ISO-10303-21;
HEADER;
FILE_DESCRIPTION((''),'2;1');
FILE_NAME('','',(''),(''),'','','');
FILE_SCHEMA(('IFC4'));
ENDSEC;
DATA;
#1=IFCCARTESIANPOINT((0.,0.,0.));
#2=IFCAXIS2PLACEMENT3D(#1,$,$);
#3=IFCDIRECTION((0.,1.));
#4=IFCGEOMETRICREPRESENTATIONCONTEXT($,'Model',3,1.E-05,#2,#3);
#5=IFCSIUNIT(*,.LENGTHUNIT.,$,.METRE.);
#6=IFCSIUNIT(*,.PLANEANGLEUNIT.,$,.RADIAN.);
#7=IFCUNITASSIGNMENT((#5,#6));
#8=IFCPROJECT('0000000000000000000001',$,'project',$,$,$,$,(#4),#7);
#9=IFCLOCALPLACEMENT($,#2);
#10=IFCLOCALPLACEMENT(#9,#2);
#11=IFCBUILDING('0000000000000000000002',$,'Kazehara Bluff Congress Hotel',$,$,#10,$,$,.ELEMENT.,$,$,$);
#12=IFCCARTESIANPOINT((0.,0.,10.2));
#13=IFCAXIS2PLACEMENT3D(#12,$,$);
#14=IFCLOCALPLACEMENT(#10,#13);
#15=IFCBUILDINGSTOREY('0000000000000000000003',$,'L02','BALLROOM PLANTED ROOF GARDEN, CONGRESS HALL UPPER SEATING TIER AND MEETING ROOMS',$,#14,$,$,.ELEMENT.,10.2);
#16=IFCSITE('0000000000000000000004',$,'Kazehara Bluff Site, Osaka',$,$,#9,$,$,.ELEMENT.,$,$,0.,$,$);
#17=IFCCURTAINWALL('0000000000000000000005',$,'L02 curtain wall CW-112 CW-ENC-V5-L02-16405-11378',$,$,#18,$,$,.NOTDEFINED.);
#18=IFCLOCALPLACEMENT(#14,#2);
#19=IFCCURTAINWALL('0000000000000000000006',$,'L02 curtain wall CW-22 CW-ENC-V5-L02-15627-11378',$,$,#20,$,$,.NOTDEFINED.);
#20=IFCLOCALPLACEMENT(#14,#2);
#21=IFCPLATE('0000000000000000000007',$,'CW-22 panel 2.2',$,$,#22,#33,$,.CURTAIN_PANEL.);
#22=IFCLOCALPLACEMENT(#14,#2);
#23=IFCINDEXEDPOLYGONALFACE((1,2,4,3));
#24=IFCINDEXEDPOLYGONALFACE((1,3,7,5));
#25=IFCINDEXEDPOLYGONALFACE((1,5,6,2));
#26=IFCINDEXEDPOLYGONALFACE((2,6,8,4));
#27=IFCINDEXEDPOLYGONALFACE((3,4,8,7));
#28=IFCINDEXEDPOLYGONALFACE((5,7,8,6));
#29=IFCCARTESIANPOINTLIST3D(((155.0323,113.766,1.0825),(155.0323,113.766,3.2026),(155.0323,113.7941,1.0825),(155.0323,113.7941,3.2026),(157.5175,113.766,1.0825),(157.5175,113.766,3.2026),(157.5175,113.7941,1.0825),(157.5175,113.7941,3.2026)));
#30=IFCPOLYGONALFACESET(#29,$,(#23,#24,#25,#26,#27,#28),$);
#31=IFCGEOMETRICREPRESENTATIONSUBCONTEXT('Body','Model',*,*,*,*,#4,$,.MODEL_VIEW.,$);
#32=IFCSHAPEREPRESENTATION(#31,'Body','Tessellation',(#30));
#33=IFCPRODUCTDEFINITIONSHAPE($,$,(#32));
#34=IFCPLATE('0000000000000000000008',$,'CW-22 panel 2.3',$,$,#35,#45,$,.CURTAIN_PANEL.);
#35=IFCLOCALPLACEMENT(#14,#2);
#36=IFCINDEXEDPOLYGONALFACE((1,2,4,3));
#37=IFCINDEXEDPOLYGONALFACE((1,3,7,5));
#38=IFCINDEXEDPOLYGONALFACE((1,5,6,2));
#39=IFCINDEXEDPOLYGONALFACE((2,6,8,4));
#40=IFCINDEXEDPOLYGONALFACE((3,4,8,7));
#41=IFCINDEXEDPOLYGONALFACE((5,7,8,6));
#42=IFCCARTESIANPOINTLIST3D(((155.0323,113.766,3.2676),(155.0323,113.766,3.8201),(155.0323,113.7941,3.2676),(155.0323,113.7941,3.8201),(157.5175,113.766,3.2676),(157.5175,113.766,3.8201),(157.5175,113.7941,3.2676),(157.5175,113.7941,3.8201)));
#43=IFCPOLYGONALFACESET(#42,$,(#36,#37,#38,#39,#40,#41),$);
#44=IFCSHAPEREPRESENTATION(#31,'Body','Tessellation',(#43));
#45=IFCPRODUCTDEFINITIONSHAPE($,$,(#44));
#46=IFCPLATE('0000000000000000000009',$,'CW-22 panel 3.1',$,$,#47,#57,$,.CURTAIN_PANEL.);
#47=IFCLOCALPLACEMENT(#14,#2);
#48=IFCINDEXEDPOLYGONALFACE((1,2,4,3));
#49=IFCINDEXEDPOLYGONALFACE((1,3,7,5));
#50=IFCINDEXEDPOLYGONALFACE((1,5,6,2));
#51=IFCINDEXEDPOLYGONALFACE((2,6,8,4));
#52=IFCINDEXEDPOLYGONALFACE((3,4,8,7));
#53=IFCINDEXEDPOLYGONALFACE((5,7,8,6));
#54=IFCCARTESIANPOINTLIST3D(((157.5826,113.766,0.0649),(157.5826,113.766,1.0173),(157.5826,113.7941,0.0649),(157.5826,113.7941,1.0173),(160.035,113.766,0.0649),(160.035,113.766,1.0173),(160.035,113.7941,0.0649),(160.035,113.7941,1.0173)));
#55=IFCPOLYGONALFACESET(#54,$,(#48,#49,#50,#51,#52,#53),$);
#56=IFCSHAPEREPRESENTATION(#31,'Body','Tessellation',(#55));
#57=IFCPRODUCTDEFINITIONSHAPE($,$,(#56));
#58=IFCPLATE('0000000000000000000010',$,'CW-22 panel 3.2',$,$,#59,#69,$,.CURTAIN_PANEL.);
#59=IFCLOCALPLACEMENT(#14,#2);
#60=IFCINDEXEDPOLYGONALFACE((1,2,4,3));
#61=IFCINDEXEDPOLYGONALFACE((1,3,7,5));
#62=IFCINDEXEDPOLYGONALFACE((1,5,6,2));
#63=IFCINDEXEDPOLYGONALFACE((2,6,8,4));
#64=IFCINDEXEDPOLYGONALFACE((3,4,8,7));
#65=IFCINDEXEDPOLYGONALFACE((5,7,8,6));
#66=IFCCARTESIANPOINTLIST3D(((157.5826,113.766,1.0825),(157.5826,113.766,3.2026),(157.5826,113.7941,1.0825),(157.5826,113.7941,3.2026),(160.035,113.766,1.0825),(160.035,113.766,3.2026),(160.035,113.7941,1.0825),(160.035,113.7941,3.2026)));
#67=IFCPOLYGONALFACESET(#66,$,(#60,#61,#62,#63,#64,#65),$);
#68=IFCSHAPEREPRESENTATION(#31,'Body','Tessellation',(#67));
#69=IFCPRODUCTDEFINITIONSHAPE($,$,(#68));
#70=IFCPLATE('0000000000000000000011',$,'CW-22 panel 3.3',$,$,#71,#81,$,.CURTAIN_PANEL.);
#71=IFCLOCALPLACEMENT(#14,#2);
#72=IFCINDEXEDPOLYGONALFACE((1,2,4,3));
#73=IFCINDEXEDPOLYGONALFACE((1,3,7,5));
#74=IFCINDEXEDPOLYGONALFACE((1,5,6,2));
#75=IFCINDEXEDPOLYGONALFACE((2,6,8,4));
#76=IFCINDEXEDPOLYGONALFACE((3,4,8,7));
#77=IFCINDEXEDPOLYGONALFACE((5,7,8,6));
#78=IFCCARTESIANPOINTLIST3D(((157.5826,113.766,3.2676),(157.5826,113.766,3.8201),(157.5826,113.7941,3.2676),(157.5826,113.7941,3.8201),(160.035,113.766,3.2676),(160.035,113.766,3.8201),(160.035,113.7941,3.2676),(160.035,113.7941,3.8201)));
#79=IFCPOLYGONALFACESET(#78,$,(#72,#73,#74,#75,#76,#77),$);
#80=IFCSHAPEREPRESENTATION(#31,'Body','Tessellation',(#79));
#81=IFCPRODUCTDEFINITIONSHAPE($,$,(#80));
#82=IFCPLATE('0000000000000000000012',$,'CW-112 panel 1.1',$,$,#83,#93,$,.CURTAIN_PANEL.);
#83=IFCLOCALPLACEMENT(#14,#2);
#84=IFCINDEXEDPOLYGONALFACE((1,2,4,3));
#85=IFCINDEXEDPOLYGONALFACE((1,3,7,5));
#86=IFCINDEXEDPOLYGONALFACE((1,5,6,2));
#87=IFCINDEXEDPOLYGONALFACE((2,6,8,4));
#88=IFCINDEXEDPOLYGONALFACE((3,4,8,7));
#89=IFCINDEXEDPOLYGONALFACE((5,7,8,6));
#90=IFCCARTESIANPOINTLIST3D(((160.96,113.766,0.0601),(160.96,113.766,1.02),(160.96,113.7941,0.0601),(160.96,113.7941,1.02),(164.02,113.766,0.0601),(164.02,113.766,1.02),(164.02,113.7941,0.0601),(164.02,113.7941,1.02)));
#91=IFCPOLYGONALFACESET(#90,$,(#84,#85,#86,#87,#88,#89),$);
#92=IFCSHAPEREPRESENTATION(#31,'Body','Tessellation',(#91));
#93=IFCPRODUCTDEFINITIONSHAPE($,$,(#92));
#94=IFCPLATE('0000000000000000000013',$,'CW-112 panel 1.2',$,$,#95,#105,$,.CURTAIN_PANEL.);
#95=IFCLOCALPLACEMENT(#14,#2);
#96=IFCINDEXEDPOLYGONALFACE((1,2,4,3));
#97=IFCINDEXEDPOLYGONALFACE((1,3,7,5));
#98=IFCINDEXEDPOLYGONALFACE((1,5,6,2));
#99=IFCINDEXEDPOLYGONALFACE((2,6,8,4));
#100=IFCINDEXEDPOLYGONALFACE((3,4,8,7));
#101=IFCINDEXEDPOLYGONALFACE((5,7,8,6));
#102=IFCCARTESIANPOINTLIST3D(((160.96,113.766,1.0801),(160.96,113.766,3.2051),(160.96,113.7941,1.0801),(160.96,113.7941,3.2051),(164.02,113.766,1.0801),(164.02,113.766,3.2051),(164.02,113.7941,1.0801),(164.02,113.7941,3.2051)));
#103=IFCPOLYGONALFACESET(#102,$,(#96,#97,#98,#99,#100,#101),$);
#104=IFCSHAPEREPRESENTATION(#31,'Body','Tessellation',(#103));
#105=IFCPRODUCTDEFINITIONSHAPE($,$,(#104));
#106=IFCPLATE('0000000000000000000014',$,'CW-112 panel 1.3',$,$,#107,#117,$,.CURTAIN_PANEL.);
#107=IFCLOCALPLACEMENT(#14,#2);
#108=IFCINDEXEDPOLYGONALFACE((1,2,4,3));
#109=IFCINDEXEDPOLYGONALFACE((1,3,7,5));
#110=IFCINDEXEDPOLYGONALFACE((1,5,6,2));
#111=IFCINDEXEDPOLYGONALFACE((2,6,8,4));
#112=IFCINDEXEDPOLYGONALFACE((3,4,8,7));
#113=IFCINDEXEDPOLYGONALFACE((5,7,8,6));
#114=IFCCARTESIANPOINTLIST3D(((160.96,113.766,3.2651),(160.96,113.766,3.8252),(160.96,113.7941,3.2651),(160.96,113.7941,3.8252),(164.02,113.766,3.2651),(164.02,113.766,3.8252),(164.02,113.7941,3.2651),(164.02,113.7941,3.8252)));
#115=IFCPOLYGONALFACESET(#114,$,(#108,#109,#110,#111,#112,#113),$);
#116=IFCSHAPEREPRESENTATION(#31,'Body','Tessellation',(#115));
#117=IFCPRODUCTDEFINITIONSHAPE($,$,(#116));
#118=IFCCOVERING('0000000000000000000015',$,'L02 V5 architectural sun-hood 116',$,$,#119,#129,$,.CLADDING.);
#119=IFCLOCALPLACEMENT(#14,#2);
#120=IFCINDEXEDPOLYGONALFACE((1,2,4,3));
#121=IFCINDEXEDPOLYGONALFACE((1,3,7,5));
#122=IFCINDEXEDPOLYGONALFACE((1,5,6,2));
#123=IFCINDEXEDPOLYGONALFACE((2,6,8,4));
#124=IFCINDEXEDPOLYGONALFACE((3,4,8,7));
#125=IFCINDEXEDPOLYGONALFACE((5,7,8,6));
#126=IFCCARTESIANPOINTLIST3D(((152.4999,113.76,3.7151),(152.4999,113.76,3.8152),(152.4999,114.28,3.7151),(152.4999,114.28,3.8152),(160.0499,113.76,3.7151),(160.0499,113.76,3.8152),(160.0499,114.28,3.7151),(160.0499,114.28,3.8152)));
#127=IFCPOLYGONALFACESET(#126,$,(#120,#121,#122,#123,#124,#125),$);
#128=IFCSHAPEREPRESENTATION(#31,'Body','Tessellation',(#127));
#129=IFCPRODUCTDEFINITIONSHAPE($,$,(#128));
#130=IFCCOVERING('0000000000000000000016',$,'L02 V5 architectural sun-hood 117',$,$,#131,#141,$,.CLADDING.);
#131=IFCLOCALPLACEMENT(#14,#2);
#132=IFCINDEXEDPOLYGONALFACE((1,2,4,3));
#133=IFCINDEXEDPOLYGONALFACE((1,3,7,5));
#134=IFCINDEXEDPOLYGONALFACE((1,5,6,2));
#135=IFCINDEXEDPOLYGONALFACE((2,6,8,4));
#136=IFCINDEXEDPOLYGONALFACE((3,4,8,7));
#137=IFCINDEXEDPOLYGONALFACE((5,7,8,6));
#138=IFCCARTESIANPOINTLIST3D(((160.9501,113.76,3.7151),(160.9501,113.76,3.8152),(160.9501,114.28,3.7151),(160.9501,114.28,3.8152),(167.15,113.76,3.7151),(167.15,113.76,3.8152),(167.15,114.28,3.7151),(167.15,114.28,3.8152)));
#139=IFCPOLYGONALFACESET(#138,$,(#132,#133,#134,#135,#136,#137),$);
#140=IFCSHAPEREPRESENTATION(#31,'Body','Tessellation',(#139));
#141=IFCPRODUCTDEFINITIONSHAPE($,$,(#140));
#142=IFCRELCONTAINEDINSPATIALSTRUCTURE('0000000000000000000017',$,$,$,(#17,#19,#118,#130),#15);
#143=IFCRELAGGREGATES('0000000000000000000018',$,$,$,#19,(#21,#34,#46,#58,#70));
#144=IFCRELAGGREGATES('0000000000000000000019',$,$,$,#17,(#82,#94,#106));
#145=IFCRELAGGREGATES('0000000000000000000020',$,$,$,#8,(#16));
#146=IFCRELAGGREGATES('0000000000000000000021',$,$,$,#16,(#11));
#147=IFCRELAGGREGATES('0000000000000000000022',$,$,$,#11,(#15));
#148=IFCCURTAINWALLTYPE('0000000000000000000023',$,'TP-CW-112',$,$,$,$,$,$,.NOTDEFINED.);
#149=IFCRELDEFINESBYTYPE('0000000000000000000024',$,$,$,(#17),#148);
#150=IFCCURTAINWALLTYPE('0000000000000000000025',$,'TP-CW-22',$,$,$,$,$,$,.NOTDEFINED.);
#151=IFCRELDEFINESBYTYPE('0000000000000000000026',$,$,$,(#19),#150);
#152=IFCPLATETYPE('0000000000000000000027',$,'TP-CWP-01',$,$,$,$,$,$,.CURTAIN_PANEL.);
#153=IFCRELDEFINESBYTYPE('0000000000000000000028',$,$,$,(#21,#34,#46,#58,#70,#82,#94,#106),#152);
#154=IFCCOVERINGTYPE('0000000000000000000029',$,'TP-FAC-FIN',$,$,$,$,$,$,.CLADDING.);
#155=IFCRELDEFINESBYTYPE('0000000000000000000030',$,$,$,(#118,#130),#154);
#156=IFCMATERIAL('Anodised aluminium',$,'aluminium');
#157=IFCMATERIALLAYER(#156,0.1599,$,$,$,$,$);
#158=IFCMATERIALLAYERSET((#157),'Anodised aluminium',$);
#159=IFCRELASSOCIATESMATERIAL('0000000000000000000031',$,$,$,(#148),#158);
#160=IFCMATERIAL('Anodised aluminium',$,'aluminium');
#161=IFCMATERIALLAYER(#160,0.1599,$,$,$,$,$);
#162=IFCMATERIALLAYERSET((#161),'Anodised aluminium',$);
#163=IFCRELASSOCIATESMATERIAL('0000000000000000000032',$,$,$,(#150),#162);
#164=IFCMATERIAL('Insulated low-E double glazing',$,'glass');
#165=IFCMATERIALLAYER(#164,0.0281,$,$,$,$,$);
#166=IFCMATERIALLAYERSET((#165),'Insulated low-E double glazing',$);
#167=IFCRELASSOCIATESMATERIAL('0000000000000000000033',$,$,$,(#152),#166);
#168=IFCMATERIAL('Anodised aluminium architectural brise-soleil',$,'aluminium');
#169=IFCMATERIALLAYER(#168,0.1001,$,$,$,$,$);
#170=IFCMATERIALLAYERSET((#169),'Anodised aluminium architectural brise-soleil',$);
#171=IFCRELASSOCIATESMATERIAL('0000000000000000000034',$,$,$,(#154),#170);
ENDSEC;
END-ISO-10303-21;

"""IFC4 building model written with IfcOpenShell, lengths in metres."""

from ifc_helpers import new_model, si_unit, direction, frame, origin, origin_2d, place, context, subcontext, project, spatial, rectangle, extrude, material, layer, layer_set, type_object, element, aggregate, save


model = new_model("IFC4")

# Units and contexts
model_context = context("Model", 3, precision=1e-05, world=origin(), true_north=direction((0.0, 1.0)))
body_context = subcontext(model_context, "Body", "Model", "MODEL_VIEW")
ifc_project = project(units=[si_unit("LENGTHUNIT", "METRE"), si_unit("PLANEANGLEUNIT", "RADIAN")], contexts=[model_context])

# Site, building, storey
site_placement = place(None, origin())
site = spatial("IfcSite", under=ifc_project, at=site_placement, Name="Kazehara Bluff Site, Osaka", CompositionType="ELEMENT", RefElevation=0.0)
building_placement = place(site_placement, origin())
building = spatial("IfcBuilding", under=site, at=building_placement, Name="Kazehara Bluff Congress Hotel", CompositionType="ELEMENT")
storey_placement = place(building_placement, frame((0.0, 0.0, 10.2)))
storey = spatial("IfcBuildingStorey", under=building, at=storey_placement, Name="L02", Description="BALLROOM PLANTED ROOF GARDEN, CONGRESS HALL UPPER SEATING TIER AND MEETING ROOMS", CompositionType="ELEMENT", Elevation=10.2)

# Curtain walls
ifc_material_1 = material(Name="Anodised aluminium", Category="aluminium")
ifc_layer_1 = layer(ifc_material_1, 0.1599)
ifc_layer_set_1 = layer_set([ifc_layer_1], Name="Anodised aluminium")
curtain_wall_type_1 = type_object("IfcCurtainWallType", Name="TP-CW-112", PredefinedType="NOTDEFINED", material=ifc_layer_set_1)
curtain_wall_1_placement = place(storey_placement, origin())
curtain_wall_1 = element("IfcCurtainWall", 1, at=curtain_wall_1_placement, inside=storey, type_object=curtain_wall_type_1, Name="L02 curtain wall CW-112 CW-ENC-V5-L02-16405-11378", PredefinedType="NOTDEFINED")
ifc_material_2 = material(Name="Anodised aluminium", Category="aluminium")
ifc_layer_2 = layer(ifc_material_2, 0.1599)
ifc_layer_set_2 = layer_set([ifc_layer_2], Name="Anodised aluminium")
curtain_wall_type_2 = type_object("IfcCurtainWallType", Name="TP-CW-22", PredefinedType="NOTDEFINED", material=ifc_layer_set_2)
curtain_wall_2_placement = place(storey_placement, origin())
curtain_wall_2 = element("IfcCurtainWall", 2, at=curtain_wall_2_placement, inside=storey, type_object=curtain_wall_type_2, Name="L02 curtain wall CW-22 CW-ENC-V5-L02-15627-11378", PredefinedType="NOTDEFINED")

# Plates
ifc_material_3 = material(Name="Insulated low-E double glazing", Category="glass")
ifc_layer_3 = layer(ifc_material_3, 0.0281)
ifc_layer_set_3 = layer_set([ifc_layer_3], Name="Insulated low-E double glazing")
plate_type = type_object("IfcPlateType", Name="TP-CWP-01", PredefinedType="CURTAIN_PANEL", material=ifc_layer_set_3)
plate_1_placement = place(storey_placement, frame((156.2749, 113.78, 1.0825), z_axis=(0.0, 0.0, 1.0), x_axis=(1.0, 0.0, 0.0)))
plate_1 = element("IfcPlate", 3, at=plate_1_placement, type_object=plate_type, Name="CW-22 panel 2.2", PredefinedType="CURTAIN_PANEL", context=body_context, shape_type="SweptSolid", body=[
    extrude(rectangle(XDim=2.4851, YDim=0.0281, at=origin_2d()), origin(), (0.0, 0.0, 1.0), 2.1201),
])
plate_2_placement = place(storey_placement, frame((156.2749, 113.78, 3.2676), z_axis=(0.0, 0.0, 1.0), x_axis=(1.0, 0.0, 0.0)))
plate_2 = element("IfcPlate", 4, at=plate_2_placement, type_object=plate_type, Name="CW-22 panel 2.3", PredefinedType="CURTAIN_PANEL", context=body_context, shape_type="SweptSolid", body=[
    extrude(rectangle(XDim=2.4851, YDim=0.0281, at=origin_2d()), origin(), (0.0, 0.0, 1.0), 0.5525),
])
plate_3_placement = place(storey_placement, frame((158.8088, 113.78, 0.0649), z_axis=(0.0, 0.0, 1.0), x_axis=(1.0, 0.0, 0.0)))
plate_3 = element("IfcPlate", 5, at=plate_3_placement, type_object=plate_type, Name="CW-22 panel 3.1", PredefinedType="CURTAIN_PANEL", context=body_context, shape_type="SweptSolid", body=[
    extrude(rectangle(XDim=2.4524, YDim=0.0281, at=origin_2d()), origin(), (0.0, 0.0, 1.0), 0.9524),
])
plate_4_placement = place(storey_placement, frame((158.8088, 113.78, 1.0825), z_axis=(0.0, 0.0, 1.0), x_axis=(1.0, 0.0, 0.0)))
plate_4 = element("IfcPlate", 6, at=plate_4_placement, type_object=plate_type, Name="CW-22 panel 3.2", PredefinedType="CURTAIN_PANEL", context=body_context, shape_type="SweptSolid", body=[
    extrude(rectangle(XDim=2.4524, YDim=0.0281, at=origin_2d()), origin(), (0.0, 0.0, 1.0), 2.1201),
])
plate_5_placement = place(storey_placement, frame((158.8088, 113.78, 3.2676), z_axis=(0.0, 0.0, 1.0), x_axis=(1.0, 0.0, 0.0)))
plate_5 = element("IfcPlate", 7, at=plate_5_placement, type_object=plate_type, Name="CW-22 panel 3.3", PredefinedType="CURTAIN_PANEL", context=body_context, shape_type="SweptSolid", body=[
    extrude(rectangle(XDim=2.4524, YDim=0.0281, at=origin_2d()), origin(), (0.0, 0.0, 1.0), 0.5525),
])
aggregate(curtain_wall_2, [plate_1, plate_2, plate_3, plate_4, plate_5])
plate_6_placement = place(storey_placement, frame((162.49, 113.78, 0.0601), z_axis=(0.0, 0.0, 1.0), x_axis=(1.0, 0.0, 0.0)))
plate_6 = element("IfcPlate", 8, at=plate_6_placement, type_object=plate_type, Name="CW-112 panel 1.1", PredefinedType="CURTAIN_PANEL", context=body_context, shape_type="SweptSolid", body=[
    extrude(rectangle(XDim=3.0601, YDim=0.0281, at=origin_2d()), origin(), (0.0, 0.0, 1.0), 0.96),
])
plate_7_placement = place(storey_placement, frame((162.49, 113.78, 1.0801), z_axis=(0.0, 0.0, 1.0), x_axis=(1.0, 0.0, 0.0)))
plate_7 = element("IfcPlate", 9, at=plate_7_placement, type_object=plate_type, Name="CW-112 panel 1.2", PredefinedType="CURTAIN_PANEL", context=body_context, shape_type="SweptSolid", body=[
    extrude(rectangle(XDim=3.0601, YDim=0.0281, at=origin_2d()), origin(), (0.0, 0.0, 1.0), 2.125),
])
plate_8_placement = place(storey_placement, frame((162.49, 113.78, 3.2651), z_axis=(0.0, 0.0, 1.0), x_axis=(1.0, 0.0, 0.0)))
plate_8 = element("IfcPlate", 10, at=plate_8_placement, type_object=plate_type, Name="CW-112 panel 1.3", PredefinedType="CURTAIN_PANEL", context=body_context, shape_type="SweptSolid", body=[
    extrude(rectangle(XDim=3.0601, YDim=0.0281, at=origin_2d()), origin(), (0.0, 0.0, 1.0), 0.5601),
])
aggregate(curtain_wall_1, [plate_6, plate_7, plate_8])

# Coverings
ifc_material_4 = material(Name="Anodised aluminium architectural brise-soleil", Category="aluminium")
ifc_layer_4 = layer(ifc_material_4, 0.1001)
ifc_layer_set_4 = layer_set([ifc_layer_4], Name="Anodised aluminium architectural brise-soleil")
covering_type = type_object("IfcCoveringType", Name="TP-FAC-FIN", PredefinedType="CLADDING", material=ifc_layer_set_4)
covering_1_placement = place(storey_placement, frame((156.2749, 114.02, 3.7151), z_axis=(0.0, 0.0, 1.0), x_axis=(1.0, 0.0, 0.0)))
element("IfcCovering", 11, at=covering_1_placement, inside=storey, type_object=covering_type, Name="L02 V5 architectural sun-hood 116", PredefinedType="CLADDING", context=body_context, shape_type="SweptSolid", body=[
    extrude(rectangle(XDim=7.55, YDim=0.52, at=origin_2d()), origin(), (0.0, 0.0, 1.0), 0.1001),
])
covering_2_placement = place(storey_placement, frame((164.05, 114.02, 3.7151), z_axis=(0.0, 0.0, 1.0), x_axis=(1.0, 0.0, 0.0)))
element("IfcCovering", 12, at=covering_2_placement, inside=storey, type_object=covering_type, Name="L02 V5 architectural sun-hood 117", PredefinedType="CLADDING", context=body_context, shape_type="SweptSolid", body=[
    extrude(rectangle(XDim=6.2, YDim=0.52, at=origin_2d()), origin(), (0.0, 0.0, 1.0), 0.1001),
])

save(model, "model.ifc")
